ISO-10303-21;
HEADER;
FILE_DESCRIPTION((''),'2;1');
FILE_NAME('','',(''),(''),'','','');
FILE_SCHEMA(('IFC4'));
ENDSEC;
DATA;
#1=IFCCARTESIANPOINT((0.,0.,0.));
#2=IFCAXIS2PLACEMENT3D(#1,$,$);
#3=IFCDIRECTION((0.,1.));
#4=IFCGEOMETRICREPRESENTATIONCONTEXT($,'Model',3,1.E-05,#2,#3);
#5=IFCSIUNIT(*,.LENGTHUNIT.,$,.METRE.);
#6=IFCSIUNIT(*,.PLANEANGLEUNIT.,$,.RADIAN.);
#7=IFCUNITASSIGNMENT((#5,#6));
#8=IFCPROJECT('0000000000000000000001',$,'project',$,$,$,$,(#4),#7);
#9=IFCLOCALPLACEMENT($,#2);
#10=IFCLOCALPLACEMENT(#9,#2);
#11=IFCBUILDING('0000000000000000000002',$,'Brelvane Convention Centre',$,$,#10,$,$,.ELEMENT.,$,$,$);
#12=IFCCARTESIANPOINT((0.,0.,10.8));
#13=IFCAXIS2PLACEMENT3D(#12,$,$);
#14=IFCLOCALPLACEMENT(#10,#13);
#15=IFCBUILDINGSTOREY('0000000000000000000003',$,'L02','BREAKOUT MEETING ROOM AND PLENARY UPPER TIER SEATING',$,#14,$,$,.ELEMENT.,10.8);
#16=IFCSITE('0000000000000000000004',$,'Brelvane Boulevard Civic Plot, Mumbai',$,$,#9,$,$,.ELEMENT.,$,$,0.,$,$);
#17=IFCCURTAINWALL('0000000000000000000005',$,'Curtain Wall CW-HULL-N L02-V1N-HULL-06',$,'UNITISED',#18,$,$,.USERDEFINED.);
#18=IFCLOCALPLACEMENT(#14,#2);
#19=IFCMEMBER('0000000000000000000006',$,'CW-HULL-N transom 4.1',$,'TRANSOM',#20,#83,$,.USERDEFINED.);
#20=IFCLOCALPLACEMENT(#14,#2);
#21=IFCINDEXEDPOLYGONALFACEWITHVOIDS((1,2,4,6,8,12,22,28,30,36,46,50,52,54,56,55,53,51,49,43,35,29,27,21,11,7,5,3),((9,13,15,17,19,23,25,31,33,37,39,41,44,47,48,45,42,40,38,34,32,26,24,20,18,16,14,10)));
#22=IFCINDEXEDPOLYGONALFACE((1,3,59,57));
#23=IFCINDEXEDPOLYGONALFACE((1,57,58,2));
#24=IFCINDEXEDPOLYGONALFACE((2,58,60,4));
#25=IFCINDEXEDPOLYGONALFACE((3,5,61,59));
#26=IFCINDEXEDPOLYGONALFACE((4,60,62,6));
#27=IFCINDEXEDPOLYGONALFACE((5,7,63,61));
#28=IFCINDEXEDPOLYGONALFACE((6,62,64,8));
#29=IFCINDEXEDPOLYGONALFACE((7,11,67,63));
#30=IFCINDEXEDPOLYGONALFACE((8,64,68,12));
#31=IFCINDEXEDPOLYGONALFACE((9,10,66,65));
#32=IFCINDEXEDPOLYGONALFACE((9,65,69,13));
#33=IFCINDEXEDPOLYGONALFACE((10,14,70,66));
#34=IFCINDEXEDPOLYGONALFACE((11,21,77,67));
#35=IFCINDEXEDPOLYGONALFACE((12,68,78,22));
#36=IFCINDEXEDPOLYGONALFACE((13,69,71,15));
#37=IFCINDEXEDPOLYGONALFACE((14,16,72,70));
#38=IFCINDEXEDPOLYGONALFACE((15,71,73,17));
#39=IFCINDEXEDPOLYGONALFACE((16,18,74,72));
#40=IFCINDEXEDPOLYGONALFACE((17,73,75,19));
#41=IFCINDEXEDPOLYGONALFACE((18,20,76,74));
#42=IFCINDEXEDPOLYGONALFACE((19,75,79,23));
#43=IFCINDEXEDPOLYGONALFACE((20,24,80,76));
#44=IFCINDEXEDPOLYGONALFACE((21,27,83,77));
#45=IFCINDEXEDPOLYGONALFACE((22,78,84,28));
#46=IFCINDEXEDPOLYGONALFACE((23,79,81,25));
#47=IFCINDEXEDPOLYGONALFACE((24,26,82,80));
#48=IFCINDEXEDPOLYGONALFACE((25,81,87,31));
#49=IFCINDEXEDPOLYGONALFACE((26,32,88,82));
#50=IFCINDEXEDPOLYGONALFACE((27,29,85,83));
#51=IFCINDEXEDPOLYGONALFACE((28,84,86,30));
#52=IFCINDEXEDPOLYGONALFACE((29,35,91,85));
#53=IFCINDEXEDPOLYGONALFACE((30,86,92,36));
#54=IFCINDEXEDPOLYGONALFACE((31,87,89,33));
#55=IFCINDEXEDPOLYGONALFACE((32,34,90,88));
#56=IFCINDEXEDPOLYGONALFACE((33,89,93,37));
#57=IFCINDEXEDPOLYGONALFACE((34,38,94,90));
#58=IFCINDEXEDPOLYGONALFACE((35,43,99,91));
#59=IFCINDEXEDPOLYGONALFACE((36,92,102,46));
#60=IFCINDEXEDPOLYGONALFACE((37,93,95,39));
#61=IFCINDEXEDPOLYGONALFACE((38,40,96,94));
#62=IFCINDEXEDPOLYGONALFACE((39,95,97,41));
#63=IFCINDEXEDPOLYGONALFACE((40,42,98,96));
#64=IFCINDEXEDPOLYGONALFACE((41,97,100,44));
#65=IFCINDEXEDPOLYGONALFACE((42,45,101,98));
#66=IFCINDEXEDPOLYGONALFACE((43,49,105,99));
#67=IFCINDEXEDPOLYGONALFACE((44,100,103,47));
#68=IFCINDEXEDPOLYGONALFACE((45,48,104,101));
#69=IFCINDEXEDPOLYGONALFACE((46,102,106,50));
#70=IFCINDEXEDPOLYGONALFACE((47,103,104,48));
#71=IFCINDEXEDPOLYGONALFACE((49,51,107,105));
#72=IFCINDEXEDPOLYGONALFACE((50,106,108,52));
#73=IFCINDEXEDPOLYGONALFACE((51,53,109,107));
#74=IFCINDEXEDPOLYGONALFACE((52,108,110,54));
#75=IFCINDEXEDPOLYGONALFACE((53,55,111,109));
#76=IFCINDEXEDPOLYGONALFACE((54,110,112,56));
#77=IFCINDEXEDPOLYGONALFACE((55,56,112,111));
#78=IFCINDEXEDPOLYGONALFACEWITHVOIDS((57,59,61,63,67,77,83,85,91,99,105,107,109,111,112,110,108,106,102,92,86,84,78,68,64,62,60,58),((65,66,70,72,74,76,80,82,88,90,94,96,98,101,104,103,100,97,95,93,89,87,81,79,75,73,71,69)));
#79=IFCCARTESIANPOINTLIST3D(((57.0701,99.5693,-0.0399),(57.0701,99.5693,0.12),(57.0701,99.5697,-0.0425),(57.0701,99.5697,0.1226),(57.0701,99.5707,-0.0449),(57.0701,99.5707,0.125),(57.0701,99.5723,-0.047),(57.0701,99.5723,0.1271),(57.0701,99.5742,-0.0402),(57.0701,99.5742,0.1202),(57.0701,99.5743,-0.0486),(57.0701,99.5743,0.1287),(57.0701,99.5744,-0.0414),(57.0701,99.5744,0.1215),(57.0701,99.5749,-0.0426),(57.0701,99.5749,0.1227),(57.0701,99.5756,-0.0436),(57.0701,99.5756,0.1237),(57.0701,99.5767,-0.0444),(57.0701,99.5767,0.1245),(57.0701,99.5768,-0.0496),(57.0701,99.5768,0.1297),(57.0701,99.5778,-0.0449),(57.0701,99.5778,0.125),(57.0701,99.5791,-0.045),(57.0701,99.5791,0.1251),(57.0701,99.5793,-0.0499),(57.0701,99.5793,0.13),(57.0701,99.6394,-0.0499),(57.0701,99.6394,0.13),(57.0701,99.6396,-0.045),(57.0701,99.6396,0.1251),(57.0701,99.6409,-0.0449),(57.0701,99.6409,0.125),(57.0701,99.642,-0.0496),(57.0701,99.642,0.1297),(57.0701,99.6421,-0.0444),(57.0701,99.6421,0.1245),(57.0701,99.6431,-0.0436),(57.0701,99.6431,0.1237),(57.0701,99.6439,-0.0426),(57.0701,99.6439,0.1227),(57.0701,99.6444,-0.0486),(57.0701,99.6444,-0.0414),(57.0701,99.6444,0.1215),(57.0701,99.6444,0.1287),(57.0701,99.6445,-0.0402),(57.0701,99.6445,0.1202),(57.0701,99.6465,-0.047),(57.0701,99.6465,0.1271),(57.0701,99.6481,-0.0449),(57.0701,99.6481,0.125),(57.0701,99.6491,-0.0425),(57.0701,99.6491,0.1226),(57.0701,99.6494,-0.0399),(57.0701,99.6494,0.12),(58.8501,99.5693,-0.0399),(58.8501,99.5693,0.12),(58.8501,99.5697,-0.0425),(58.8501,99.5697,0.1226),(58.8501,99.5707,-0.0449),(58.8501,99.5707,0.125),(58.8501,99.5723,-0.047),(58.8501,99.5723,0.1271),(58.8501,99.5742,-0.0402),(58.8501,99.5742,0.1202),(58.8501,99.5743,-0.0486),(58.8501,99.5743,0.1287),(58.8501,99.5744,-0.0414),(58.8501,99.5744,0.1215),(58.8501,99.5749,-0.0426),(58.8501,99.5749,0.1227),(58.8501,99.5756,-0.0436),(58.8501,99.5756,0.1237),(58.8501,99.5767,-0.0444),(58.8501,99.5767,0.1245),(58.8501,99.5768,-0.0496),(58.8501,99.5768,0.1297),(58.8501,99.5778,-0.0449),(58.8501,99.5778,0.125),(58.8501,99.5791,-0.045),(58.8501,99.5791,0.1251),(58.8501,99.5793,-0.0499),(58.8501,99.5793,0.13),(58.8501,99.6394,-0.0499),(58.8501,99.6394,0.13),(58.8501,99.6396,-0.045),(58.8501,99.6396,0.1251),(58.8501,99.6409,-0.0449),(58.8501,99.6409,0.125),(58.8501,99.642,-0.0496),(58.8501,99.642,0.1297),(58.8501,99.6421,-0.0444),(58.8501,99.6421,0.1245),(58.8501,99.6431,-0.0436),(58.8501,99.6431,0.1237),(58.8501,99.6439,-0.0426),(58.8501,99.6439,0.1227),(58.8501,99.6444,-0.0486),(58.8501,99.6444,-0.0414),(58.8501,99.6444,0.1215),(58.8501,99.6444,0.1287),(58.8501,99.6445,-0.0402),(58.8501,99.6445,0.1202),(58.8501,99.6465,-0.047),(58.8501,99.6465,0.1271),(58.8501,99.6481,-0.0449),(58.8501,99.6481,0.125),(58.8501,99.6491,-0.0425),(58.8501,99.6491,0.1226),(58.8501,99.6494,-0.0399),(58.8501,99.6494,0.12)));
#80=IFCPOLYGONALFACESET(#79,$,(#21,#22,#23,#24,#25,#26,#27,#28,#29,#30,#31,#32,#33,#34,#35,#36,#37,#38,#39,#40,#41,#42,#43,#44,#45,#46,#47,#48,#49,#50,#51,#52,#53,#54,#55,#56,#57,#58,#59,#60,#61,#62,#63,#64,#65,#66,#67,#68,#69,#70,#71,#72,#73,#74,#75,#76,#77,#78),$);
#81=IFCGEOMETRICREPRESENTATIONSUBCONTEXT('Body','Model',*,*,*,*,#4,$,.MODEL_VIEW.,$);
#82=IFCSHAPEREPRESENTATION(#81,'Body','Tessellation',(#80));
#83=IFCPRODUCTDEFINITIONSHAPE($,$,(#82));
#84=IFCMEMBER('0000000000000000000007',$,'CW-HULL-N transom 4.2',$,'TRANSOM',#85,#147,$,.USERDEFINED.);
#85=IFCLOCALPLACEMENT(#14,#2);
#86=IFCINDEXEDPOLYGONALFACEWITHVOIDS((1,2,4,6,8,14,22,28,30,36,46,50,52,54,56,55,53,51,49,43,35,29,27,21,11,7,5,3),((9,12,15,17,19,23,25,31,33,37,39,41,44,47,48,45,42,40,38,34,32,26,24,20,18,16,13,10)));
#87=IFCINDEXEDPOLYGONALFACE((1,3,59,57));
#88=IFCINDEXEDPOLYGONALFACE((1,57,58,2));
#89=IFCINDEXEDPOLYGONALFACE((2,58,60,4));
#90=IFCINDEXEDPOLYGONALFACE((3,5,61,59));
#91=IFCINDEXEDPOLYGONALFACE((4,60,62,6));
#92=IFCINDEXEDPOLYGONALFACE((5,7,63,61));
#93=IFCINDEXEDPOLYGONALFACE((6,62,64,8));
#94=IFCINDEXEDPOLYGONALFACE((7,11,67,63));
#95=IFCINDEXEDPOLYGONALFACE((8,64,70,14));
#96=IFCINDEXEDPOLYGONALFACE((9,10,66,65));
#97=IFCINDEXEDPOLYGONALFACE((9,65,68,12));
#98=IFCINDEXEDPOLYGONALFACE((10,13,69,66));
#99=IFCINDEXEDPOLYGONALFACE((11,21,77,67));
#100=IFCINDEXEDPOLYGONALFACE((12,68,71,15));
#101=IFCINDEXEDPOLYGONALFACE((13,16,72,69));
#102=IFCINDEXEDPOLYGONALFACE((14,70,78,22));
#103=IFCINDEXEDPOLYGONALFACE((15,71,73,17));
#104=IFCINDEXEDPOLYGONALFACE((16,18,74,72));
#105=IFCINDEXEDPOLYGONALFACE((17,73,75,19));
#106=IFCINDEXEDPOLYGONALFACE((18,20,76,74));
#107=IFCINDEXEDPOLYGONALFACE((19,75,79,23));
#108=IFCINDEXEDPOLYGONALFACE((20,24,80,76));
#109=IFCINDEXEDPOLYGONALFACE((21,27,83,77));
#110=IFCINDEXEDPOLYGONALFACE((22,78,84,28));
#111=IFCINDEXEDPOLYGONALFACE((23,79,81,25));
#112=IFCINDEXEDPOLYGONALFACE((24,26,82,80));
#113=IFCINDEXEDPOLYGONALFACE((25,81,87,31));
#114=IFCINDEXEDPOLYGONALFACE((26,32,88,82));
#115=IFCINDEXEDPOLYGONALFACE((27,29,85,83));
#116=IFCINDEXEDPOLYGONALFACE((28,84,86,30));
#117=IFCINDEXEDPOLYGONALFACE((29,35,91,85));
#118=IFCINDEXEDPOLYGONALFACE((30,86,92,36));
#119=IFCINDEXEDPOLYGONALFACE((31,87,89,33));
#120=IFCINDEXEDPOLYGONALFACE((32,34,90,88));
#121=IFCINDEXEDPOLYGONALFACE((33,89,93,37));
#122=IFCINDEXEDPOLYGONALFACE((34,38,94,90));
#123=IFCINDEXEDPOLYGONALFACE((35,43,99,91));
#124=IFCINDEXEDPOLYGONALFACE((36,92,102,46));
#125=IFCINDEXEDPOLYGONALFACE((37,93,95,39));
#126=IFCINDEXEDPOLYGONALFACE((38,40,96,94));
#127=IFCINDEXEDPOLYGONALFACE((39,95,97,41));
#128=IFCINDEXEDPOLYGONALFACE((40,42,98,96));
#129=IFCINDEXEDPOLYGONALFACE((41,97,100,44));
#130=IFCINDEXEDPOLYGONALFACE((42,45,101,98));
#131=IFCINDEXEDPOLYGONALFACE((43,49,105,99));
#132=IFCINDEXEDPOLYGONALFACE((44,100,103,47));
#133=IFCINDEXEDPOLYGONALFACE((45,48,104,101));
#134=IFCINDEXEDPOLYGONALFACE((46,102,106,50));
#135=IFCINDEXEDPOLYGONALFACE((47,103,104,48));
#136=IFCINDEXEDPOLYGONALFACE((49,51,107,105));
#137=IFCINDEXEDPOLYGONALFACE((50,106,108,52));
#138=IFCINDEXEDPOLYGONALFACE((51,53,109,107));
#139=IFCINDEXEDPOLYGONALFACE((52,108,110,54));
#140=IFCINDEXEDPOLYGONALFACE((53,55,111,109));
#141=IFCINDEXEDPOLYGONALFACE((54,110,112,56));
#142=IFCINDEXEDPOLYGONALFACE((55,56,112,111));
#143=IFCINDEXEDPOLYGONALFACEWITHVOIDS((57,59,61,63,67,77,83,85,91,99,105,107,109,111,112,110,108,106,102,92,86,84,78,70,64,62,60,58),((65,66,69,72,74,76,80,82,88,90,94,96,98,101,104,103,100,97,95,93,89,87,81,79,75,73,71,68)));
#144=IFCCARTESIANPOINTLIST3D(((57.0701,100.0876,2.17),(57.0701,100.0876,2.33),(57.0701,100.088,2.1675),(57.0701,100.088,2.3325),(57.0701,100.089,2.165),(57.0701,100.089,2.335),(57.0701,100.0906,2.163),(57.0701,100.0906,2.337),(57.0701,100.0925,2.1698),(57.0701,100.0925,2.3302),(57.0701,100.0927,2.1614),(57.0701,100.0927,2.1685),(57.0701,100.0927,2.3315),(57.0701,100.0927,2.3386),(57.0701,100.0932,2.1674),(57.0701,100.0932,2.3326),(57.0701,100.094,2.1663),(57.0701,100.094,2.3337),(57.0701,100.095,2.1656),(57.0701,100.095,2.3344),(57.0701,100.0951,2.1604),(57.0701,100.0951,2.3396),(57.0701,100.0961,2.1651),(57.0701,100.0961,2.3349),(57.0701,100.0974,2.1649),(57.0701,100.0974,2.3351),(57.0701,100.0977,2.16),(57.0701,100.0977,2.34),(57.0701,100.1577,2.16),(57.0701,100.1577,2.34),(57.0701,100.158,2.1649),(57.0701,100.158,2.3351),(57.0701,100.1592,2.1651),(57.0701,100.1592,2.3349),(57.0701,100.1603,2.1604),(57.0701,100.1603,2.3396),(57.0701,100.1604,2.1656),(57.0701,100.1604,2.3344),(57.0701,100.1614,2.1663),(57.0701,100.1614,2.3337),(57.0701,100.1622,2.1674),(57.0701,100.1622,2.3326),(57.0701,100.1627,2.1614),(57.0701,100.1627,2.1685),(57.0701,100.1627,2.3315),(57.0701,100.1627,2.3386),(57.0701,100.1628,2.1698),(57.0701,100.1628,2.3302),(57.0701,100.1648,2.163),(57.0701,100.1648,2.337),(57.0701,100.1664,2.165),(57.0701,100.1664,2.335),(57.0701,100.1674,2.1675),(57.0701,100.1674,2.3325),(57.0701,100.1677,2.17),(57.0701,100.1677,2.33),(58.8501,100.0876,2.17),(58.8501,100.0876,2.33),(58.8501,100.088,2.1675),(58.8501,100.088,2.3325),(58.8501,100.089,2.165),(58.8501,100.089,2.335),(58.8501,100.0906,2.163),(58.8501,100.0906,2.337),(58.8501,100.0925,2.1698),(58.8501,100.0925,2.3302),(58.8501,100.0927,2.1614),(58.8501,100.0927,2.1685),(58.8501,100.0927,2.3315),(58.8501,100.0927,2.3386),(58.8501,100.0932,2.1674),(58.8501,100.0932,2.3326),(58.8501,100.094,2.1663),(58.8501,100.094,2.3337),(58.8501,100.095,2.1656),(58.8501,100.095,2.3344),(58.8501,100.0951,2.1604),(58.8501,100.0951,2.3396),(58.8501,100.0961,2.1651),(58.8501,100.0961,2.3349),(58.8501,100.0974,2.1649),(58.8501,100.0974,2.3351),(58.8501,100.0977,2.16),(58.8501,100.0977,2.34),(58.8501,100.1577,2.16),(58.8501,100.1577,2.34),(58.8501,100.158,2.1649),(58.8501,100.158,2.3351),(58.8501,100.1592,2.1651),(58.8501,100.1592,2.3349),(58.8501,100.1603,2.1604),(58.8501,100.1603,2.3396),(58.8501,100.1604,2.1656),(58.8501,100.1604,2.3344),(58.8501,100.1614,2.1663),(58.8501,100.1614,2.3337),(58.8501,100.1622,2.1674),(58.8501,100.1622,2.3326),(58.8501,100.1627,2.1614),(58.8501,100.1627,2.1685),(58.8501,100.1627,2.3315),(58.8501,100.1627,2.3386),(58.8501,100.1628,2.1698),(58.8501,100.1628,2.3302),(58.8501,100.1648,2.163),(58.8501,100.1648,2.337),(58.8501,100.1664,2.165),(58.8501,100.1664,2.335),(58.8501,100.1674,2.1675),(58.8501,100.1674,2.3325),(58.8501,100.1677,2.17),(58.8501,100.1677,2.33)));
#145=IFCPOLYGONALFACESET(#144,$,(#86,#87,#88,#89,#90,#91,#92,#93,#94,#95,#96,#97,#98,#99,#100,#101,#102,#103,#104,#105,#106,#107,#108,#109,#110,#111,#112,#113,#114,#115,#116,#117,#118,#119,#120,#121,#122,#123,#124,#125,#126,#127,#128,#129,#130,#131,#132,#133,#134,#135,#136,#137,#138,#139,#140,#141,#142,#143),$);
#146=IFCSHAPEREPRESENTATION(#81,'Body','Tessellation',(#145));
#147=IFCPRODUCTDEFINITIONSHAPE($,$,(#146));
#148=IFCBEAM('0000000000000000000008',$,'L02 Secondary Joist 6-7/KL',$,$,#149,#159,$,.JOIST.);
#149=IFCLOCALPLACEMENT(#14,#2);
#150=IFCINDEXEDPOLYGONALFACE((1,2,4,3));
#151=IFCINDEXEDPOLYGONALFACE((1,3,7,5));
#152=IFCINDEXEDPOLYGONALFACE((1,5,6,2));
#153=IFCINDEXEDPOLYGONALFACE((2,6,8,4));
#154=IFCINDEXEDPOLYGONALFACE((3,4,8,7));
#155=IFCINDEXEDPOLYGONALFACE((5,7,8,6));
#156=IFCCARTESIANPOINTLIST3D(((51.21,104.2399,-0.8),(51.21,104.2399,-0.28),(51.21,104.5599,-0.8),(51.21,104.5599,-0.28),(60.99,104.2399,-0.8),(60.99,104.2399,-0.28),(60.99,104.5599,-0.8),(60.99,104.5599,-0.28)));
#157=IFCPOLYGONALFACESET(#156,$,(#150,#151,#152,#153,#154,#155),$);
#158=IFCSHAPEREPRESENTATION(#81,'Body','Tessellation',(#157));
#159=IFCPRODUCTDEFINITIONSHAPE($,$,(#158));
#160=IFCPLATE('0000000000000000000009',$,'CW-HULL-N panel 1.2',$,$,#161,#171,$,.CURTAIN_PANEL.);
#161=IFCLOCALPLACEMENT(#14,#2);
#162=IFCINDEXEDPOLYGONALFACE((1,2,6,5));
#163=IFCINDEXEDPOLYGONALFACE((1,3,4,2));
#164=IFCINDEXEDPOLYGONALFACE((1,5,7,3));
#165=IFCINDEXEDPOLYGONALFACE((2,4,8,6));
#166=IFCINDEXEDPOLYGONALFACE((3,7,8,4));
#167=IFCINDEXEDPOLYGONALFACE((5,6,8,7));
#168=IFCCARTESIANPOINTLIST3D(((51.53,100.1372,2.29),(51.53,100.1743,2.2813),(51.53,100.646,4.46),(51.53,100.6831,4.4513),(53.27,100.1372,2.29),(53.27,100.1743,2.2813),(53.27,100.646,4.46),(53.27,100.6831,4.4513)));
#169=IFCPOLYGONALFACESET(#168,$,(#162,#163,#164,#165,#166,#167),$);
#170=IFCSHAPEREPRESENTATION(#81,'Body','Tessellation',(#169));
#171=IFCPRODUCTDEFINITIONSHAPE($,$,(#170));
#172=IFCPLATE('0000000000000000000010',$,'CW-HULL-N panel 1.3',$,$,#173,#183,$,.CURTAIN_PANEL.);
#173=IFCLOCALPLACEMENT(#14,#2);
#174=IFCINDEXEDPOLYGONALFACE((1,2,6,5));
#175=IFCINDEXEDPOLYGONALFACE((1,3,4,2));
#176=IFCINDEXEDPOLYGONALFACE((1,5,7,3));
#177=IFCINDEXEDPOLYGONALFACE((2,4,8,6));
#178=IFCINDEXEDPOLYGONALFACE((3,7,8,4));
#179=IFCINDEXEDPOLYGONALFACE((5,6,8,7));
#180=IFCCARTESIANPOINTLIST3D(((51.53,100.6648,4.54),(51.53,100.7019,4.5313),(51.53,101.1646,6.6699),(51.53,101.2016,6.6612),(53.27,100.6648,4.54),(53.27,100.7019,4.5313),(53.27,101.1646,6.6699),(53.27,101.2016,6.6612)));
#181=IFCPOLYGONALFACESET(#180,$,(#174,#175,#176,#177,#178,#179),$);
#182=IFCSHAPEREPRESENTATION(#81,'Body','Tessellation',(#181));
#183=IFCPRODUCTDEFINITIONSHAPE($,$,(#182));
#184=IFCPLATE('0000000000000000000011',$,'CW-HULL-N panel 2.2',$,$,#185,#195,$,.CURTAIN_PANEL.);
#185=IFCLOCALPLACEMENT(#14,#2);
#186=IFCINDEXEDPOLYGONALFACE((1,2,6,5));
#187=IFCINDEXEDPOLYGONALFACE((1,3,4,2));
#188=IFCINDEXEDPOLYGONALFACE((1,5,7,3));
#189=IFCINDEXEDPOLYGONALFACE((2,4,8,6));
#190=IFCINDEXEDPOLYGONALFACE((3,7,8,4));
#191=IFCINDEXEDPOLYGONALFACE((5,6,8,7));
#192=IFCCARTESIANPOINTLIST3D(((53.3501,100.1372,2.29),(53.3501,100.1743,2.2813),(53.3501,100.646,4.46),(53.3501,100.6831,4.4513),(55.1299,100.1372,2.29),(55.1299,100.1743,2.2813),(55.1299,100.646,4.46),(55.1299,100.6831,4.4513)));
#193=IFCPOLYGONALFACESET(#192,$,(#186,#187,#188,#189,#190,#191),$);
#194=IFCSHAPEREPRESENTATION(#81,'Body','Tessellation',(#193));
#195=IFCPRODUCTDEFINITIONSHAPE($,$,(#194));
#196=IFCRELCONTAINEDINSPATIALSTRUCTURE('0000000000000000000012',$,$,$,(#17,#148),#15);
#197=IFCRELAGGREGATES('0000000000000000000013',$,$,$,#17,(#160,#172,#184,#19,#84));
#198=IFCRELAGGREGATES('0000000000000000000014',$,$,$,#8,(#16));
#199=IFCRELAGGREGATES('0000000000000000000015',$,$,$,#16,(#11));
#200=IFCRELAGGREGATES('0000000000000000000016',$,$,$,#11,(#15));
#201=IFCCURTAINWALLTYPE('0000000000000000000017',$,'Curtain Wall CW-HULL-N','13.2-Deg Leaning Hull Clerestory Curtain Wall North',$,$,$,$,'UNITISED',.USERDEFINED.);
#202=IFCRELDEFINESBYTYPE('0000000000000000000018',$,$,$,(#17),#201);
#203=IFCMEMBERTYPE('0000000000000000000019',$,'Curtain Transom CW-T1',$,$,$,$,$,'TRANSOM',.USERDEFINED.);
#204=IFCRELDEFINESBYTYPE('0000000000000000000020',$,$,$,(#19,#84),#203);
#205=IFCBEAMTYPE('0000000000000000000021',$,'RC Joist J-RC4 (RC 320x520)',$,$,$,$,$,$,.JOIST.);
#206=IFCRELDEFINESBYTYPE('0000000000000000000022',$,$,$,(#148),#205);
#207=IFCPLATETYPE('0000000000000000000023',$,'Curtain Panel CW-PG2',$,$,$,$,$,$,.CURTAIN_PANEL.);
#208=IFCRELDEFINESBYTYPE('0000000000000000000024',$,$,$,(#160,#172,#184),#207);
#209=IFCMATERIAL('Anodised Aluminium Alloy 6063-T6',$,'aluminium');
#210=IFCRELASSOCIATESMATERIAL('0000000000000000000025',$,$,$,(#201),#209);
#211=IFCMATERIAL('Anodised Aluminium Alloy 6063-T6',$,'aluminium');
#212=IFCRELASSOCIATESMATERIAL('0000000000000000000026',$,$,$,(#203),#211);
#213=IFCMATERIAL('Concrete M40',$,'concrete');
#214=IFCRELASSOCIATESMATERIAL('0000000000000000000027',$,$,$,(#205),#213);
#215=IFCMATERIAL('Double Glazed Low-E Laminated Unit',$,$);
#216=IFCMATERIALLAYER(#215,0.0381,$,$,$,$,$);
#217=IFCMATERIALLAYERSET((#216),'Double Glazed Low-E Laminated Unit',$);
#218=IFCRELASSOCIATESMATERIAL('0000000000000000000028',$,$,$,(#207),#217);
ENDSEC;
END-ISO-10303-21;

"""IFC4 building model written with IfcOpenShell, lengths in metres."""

from ifc_helpers import new_model, si_unit, direction, frame, origin, origin_2d, place, context, subcontext, project, spatial, polyline, rectangle, hollow_rectangle, outline, extrude, material, layer, layer_set, material_profile, profile_set, type_object, element, aggregate, save


model = new_model("IFC4")

# Units and contexts
model_context = context("Model", 3, precision=1e-05, world=origin(), true_north=direction((0.0, 1.0)))
body_context = subcontext(model_context, "Body", "Model", "MODEL_VIEW")
ifc_project = project(units=[si_unit("LENGTHUNIT", "METRE"), si_unit("PLANEANGLEUNIT", "RADIAN")], contexts=[model_context])

# Site, building, storey
site_placement = place(None, origin())
site = spatial("IfcSite", under=ifc_project, at=site_placement, Name="Brelvane Boulevard Civic Plot, Mumbai", CompositionType="ELEMENT", RefElevation=0.0)
building_placement = place(site_placement, origin())
building = spatial("IfcBuilding", under=site, at=building_placement, Name="Brelvane Convention Centre", CompositionType="ELEMENT")
storey_placement = place(building_placement, frame((0.0, 0.0, 10.8)))
storey = spatial("IfcBuildingStorey", under=building, at=storey_placement, Name="L02", Description="BREAKOUT MEETING ROOM AND PLENARY UPPER TIER SEATING", CompositionType="ELEMENT", Elevation=10.8)

# Curtain wall, members
ifc_material_1 = material(Name="Anodised Aluminium Alloy 6063-T6", Category="aluminium")
curtain_wall_type = type_object("IfcCurtainWallType", Name="Curtain Wall CW-HULL-N", Description="13.2-Deg Leaning Hull Clerestory Curtain Wall North", ElementType="UNITISED", PredefinedType="USERDEFINED", material=ifc_material_1)
curtain_wall_placement = place(storey_placement, origin())
curtain_wall = element("IfcCurtainWall", 1, at=curtain_wall_placement, inside=storey, type_object=curtain_wall_type, Name="Curtain Wall CW-HULL-N L02-V1N-HULL-06", ObjectType="UNITISED", PredefinedType="USERDEFINED")
ifc_material_2 = material(Name="Anodised Aluminium Alloy 6063-T6", Category="aluminium")
ifc_material_profile_1 = material_profile(ifc_material_2, hollow_rectangle(XDim=0.0801, YDim=0.1799, WallThickness=0.0049, InnerFilletRadius=0.0049, OuterFilletRadius=0.01, at=origin_2d()), Name="ALU-T 180x80x5.0")
ifc_profile_set_1 = profile_set([ifc_material_profile_1], Name="Anodised Aluminium Alloy 6063-T6")
member_type_1 = type_object("IfcMemberType", Name="Curtain Transom CW-T1", ElementType="TRANSOM", PredefinedType="USERDEFINED", material=ifc_profile_set_1)
member_1_placement = place(storey_placement, frame((57.0701, 99.6094, 0.04), z_axis=(1.0, 0.0, 0.0), x_axis=(0.0, 1.0, 0.0)))
member_1 = element("IfcMember", 2, at=member_1_placement, type_object=member_type_1, Name="CW-HULL-N transom 4.1", ObjectType="TRANSOM", PredefinedType="USERDEFINED", context=body_context, shape_type="SweptSolid", body=[
    extrude(hollow_rectangle(XDim=0.0801, YDim=0.1799, WallThickness=0.0049, InnerFilletRadius=0.0049, OuterFilletRadius=0.01, at=origin_2d()), origin(), (0.0, 0.0, 1.0), 1.78),
])
member_2_placement = place(storey_placement, frame((57.0701, 100.1277, 2.25), z_axis=(1.0, 0.0, 0.0), x_axis=(0.0, 1.0, 0.0)))
member_2 = element("IfcMember", 3, at=member_2_placement, type_object=member_type_1, Name="CW-HULL-N transom 4.2", ObjectType="TRANSOM", PredefinedType="USERDEFINED", context=body_context, shape_type="SweptSolid", body=[
    extrude(hollow_rectangle(XDim=0.0801, YDim=0.1799, WallThickness=0.0049, InnerFilletRadius=0.0049, OuterFilletRadius=0.01, at=origin_2d()), origin(), (0.0, 0.0, 1.0), 1.78),
])

# Beam
ifc_material_3 = material(Name="Concrete M40", Category="concrete")
ifc_material_profile_2 = material_profile(ifc_material_3, rectangle(XDim=0.3201, YDim=0.52, at=origin_2d()), Name="RC 320x520")
ifc_profile_set_2 = profile_set([ifc_material_profile_2], Name="Concrete M40")
beam_type = type_object("IfcBeamType", Name="RC Joist J-RC4 (RC 320x520)", PredefinedType="JOIST", material=ifc_profile_set_2)
beam_placement = place(storey_placement, frame((51.21, 104.3999, -0.54), z_axis=(1.0, 0.0, 0.0), x_axis=(0.0, 1.0, 0.0)))
element("IfcBeam", 4, at=beam_placement, inside=storey, type_object=beam_type, Name="L02 Secondary Joist 6-7/KL", PredefinedType="JOIST", context=body_context, shape_type="SweptSolid", body=[
    extrude(rectangle(XDim=0.3201, YDim=0.52, at=origin_2d()), origin(), (0.0, 0.0, 1.0), 9.78),
])

# Plates
ifc_material_4 = material(Name="Double Glazed Low-E Laminated Unit")
ifc_layer_1 = layer(ifc_material_4, 0.0381)
ifc_layer_set_1 = layer_set([ifc_layer_1], Name="Double Glazed Low-E Laminated Unit")
plate_type_1 = type_object("IfcPlateType", Name="Curtain Panel CW-PG2", PredefinedType="CURTAIN_PANEL", material=ifc_layer_set_1)
plate_1_placement = place(storey_placement, frame((51.53, 100.1372, 2.29), z_axis=(0.0, -0.973595, 0.228282), x_axis=(1.0, 0.0, 0.0)))
plate_1 = element("IfcPlate", 5, at=plate_1_placement, type_object=plate_type_1, Name="CW-HULL-N panel 1.2", PredefinedType="CURTAIN_PANEL", context=body_context, shape_type="SweptSolid", body=[
    extrude(outline(polyline([(0.0, 0.0), (1.74, 0.0), (1.74, 2.2288), (0.0, 2.2288), (0.0, 0.0)])), origin(), (0.0, 0.0, -1.0), 0.0381),
])
plate_2_placement = place(storey_placement, frame((51.53, 100.6648, 4.54), z_axis=(0.0, -0.973559, 0.228436), x_axis=(1.0, 0.0, 0.0)))
plate_2 = element("IfcPlate", 6, at=plate_2_placement, type_object=plate_type_1, Name="CW-HULL-N panel 1.3", PredefinedType="CURTAIN_PANEL", context=body_context, shape_type="SweptSolid", body=[
    extrude(outline(polyline([(0.0, 0.0), (1.74, 0.0), (1.74, 2.1877), (0.0, 2.1877), (0.0, 0.0)])), origin(), (0.0, 0.0, -1.0), 0.0381),
])
plate_3_placement = place(storey_placement, frame((53.3501, 100.1372, 2.29), z_axis=(0.0, -0.973595, 0.228282), x_axis=(1.0, 0.0, 0.0)))
plate_3 = element("IfcPlate", 7, at=plate_3_placement, type_object=plate_type_1, Name="CW-HULL-N panel 2.2", PredefinedType="CURTAIN_PANEL", context=body_context, shape_type="SweptSolid", body=[
    extrude(outline(polyline([(0.0, 0.0), (1.7798, 0.0), (1.7798, 2.2288), (0.0, 2.2288), (0.0, 0.0)])), origin(), (0.0, 0.0, -1.0), 0.0381),
])
aggregate(curtain_wall, [plate_1, plate_2, plate_3, member_1, member_2])

save(model, "model.ifc")
